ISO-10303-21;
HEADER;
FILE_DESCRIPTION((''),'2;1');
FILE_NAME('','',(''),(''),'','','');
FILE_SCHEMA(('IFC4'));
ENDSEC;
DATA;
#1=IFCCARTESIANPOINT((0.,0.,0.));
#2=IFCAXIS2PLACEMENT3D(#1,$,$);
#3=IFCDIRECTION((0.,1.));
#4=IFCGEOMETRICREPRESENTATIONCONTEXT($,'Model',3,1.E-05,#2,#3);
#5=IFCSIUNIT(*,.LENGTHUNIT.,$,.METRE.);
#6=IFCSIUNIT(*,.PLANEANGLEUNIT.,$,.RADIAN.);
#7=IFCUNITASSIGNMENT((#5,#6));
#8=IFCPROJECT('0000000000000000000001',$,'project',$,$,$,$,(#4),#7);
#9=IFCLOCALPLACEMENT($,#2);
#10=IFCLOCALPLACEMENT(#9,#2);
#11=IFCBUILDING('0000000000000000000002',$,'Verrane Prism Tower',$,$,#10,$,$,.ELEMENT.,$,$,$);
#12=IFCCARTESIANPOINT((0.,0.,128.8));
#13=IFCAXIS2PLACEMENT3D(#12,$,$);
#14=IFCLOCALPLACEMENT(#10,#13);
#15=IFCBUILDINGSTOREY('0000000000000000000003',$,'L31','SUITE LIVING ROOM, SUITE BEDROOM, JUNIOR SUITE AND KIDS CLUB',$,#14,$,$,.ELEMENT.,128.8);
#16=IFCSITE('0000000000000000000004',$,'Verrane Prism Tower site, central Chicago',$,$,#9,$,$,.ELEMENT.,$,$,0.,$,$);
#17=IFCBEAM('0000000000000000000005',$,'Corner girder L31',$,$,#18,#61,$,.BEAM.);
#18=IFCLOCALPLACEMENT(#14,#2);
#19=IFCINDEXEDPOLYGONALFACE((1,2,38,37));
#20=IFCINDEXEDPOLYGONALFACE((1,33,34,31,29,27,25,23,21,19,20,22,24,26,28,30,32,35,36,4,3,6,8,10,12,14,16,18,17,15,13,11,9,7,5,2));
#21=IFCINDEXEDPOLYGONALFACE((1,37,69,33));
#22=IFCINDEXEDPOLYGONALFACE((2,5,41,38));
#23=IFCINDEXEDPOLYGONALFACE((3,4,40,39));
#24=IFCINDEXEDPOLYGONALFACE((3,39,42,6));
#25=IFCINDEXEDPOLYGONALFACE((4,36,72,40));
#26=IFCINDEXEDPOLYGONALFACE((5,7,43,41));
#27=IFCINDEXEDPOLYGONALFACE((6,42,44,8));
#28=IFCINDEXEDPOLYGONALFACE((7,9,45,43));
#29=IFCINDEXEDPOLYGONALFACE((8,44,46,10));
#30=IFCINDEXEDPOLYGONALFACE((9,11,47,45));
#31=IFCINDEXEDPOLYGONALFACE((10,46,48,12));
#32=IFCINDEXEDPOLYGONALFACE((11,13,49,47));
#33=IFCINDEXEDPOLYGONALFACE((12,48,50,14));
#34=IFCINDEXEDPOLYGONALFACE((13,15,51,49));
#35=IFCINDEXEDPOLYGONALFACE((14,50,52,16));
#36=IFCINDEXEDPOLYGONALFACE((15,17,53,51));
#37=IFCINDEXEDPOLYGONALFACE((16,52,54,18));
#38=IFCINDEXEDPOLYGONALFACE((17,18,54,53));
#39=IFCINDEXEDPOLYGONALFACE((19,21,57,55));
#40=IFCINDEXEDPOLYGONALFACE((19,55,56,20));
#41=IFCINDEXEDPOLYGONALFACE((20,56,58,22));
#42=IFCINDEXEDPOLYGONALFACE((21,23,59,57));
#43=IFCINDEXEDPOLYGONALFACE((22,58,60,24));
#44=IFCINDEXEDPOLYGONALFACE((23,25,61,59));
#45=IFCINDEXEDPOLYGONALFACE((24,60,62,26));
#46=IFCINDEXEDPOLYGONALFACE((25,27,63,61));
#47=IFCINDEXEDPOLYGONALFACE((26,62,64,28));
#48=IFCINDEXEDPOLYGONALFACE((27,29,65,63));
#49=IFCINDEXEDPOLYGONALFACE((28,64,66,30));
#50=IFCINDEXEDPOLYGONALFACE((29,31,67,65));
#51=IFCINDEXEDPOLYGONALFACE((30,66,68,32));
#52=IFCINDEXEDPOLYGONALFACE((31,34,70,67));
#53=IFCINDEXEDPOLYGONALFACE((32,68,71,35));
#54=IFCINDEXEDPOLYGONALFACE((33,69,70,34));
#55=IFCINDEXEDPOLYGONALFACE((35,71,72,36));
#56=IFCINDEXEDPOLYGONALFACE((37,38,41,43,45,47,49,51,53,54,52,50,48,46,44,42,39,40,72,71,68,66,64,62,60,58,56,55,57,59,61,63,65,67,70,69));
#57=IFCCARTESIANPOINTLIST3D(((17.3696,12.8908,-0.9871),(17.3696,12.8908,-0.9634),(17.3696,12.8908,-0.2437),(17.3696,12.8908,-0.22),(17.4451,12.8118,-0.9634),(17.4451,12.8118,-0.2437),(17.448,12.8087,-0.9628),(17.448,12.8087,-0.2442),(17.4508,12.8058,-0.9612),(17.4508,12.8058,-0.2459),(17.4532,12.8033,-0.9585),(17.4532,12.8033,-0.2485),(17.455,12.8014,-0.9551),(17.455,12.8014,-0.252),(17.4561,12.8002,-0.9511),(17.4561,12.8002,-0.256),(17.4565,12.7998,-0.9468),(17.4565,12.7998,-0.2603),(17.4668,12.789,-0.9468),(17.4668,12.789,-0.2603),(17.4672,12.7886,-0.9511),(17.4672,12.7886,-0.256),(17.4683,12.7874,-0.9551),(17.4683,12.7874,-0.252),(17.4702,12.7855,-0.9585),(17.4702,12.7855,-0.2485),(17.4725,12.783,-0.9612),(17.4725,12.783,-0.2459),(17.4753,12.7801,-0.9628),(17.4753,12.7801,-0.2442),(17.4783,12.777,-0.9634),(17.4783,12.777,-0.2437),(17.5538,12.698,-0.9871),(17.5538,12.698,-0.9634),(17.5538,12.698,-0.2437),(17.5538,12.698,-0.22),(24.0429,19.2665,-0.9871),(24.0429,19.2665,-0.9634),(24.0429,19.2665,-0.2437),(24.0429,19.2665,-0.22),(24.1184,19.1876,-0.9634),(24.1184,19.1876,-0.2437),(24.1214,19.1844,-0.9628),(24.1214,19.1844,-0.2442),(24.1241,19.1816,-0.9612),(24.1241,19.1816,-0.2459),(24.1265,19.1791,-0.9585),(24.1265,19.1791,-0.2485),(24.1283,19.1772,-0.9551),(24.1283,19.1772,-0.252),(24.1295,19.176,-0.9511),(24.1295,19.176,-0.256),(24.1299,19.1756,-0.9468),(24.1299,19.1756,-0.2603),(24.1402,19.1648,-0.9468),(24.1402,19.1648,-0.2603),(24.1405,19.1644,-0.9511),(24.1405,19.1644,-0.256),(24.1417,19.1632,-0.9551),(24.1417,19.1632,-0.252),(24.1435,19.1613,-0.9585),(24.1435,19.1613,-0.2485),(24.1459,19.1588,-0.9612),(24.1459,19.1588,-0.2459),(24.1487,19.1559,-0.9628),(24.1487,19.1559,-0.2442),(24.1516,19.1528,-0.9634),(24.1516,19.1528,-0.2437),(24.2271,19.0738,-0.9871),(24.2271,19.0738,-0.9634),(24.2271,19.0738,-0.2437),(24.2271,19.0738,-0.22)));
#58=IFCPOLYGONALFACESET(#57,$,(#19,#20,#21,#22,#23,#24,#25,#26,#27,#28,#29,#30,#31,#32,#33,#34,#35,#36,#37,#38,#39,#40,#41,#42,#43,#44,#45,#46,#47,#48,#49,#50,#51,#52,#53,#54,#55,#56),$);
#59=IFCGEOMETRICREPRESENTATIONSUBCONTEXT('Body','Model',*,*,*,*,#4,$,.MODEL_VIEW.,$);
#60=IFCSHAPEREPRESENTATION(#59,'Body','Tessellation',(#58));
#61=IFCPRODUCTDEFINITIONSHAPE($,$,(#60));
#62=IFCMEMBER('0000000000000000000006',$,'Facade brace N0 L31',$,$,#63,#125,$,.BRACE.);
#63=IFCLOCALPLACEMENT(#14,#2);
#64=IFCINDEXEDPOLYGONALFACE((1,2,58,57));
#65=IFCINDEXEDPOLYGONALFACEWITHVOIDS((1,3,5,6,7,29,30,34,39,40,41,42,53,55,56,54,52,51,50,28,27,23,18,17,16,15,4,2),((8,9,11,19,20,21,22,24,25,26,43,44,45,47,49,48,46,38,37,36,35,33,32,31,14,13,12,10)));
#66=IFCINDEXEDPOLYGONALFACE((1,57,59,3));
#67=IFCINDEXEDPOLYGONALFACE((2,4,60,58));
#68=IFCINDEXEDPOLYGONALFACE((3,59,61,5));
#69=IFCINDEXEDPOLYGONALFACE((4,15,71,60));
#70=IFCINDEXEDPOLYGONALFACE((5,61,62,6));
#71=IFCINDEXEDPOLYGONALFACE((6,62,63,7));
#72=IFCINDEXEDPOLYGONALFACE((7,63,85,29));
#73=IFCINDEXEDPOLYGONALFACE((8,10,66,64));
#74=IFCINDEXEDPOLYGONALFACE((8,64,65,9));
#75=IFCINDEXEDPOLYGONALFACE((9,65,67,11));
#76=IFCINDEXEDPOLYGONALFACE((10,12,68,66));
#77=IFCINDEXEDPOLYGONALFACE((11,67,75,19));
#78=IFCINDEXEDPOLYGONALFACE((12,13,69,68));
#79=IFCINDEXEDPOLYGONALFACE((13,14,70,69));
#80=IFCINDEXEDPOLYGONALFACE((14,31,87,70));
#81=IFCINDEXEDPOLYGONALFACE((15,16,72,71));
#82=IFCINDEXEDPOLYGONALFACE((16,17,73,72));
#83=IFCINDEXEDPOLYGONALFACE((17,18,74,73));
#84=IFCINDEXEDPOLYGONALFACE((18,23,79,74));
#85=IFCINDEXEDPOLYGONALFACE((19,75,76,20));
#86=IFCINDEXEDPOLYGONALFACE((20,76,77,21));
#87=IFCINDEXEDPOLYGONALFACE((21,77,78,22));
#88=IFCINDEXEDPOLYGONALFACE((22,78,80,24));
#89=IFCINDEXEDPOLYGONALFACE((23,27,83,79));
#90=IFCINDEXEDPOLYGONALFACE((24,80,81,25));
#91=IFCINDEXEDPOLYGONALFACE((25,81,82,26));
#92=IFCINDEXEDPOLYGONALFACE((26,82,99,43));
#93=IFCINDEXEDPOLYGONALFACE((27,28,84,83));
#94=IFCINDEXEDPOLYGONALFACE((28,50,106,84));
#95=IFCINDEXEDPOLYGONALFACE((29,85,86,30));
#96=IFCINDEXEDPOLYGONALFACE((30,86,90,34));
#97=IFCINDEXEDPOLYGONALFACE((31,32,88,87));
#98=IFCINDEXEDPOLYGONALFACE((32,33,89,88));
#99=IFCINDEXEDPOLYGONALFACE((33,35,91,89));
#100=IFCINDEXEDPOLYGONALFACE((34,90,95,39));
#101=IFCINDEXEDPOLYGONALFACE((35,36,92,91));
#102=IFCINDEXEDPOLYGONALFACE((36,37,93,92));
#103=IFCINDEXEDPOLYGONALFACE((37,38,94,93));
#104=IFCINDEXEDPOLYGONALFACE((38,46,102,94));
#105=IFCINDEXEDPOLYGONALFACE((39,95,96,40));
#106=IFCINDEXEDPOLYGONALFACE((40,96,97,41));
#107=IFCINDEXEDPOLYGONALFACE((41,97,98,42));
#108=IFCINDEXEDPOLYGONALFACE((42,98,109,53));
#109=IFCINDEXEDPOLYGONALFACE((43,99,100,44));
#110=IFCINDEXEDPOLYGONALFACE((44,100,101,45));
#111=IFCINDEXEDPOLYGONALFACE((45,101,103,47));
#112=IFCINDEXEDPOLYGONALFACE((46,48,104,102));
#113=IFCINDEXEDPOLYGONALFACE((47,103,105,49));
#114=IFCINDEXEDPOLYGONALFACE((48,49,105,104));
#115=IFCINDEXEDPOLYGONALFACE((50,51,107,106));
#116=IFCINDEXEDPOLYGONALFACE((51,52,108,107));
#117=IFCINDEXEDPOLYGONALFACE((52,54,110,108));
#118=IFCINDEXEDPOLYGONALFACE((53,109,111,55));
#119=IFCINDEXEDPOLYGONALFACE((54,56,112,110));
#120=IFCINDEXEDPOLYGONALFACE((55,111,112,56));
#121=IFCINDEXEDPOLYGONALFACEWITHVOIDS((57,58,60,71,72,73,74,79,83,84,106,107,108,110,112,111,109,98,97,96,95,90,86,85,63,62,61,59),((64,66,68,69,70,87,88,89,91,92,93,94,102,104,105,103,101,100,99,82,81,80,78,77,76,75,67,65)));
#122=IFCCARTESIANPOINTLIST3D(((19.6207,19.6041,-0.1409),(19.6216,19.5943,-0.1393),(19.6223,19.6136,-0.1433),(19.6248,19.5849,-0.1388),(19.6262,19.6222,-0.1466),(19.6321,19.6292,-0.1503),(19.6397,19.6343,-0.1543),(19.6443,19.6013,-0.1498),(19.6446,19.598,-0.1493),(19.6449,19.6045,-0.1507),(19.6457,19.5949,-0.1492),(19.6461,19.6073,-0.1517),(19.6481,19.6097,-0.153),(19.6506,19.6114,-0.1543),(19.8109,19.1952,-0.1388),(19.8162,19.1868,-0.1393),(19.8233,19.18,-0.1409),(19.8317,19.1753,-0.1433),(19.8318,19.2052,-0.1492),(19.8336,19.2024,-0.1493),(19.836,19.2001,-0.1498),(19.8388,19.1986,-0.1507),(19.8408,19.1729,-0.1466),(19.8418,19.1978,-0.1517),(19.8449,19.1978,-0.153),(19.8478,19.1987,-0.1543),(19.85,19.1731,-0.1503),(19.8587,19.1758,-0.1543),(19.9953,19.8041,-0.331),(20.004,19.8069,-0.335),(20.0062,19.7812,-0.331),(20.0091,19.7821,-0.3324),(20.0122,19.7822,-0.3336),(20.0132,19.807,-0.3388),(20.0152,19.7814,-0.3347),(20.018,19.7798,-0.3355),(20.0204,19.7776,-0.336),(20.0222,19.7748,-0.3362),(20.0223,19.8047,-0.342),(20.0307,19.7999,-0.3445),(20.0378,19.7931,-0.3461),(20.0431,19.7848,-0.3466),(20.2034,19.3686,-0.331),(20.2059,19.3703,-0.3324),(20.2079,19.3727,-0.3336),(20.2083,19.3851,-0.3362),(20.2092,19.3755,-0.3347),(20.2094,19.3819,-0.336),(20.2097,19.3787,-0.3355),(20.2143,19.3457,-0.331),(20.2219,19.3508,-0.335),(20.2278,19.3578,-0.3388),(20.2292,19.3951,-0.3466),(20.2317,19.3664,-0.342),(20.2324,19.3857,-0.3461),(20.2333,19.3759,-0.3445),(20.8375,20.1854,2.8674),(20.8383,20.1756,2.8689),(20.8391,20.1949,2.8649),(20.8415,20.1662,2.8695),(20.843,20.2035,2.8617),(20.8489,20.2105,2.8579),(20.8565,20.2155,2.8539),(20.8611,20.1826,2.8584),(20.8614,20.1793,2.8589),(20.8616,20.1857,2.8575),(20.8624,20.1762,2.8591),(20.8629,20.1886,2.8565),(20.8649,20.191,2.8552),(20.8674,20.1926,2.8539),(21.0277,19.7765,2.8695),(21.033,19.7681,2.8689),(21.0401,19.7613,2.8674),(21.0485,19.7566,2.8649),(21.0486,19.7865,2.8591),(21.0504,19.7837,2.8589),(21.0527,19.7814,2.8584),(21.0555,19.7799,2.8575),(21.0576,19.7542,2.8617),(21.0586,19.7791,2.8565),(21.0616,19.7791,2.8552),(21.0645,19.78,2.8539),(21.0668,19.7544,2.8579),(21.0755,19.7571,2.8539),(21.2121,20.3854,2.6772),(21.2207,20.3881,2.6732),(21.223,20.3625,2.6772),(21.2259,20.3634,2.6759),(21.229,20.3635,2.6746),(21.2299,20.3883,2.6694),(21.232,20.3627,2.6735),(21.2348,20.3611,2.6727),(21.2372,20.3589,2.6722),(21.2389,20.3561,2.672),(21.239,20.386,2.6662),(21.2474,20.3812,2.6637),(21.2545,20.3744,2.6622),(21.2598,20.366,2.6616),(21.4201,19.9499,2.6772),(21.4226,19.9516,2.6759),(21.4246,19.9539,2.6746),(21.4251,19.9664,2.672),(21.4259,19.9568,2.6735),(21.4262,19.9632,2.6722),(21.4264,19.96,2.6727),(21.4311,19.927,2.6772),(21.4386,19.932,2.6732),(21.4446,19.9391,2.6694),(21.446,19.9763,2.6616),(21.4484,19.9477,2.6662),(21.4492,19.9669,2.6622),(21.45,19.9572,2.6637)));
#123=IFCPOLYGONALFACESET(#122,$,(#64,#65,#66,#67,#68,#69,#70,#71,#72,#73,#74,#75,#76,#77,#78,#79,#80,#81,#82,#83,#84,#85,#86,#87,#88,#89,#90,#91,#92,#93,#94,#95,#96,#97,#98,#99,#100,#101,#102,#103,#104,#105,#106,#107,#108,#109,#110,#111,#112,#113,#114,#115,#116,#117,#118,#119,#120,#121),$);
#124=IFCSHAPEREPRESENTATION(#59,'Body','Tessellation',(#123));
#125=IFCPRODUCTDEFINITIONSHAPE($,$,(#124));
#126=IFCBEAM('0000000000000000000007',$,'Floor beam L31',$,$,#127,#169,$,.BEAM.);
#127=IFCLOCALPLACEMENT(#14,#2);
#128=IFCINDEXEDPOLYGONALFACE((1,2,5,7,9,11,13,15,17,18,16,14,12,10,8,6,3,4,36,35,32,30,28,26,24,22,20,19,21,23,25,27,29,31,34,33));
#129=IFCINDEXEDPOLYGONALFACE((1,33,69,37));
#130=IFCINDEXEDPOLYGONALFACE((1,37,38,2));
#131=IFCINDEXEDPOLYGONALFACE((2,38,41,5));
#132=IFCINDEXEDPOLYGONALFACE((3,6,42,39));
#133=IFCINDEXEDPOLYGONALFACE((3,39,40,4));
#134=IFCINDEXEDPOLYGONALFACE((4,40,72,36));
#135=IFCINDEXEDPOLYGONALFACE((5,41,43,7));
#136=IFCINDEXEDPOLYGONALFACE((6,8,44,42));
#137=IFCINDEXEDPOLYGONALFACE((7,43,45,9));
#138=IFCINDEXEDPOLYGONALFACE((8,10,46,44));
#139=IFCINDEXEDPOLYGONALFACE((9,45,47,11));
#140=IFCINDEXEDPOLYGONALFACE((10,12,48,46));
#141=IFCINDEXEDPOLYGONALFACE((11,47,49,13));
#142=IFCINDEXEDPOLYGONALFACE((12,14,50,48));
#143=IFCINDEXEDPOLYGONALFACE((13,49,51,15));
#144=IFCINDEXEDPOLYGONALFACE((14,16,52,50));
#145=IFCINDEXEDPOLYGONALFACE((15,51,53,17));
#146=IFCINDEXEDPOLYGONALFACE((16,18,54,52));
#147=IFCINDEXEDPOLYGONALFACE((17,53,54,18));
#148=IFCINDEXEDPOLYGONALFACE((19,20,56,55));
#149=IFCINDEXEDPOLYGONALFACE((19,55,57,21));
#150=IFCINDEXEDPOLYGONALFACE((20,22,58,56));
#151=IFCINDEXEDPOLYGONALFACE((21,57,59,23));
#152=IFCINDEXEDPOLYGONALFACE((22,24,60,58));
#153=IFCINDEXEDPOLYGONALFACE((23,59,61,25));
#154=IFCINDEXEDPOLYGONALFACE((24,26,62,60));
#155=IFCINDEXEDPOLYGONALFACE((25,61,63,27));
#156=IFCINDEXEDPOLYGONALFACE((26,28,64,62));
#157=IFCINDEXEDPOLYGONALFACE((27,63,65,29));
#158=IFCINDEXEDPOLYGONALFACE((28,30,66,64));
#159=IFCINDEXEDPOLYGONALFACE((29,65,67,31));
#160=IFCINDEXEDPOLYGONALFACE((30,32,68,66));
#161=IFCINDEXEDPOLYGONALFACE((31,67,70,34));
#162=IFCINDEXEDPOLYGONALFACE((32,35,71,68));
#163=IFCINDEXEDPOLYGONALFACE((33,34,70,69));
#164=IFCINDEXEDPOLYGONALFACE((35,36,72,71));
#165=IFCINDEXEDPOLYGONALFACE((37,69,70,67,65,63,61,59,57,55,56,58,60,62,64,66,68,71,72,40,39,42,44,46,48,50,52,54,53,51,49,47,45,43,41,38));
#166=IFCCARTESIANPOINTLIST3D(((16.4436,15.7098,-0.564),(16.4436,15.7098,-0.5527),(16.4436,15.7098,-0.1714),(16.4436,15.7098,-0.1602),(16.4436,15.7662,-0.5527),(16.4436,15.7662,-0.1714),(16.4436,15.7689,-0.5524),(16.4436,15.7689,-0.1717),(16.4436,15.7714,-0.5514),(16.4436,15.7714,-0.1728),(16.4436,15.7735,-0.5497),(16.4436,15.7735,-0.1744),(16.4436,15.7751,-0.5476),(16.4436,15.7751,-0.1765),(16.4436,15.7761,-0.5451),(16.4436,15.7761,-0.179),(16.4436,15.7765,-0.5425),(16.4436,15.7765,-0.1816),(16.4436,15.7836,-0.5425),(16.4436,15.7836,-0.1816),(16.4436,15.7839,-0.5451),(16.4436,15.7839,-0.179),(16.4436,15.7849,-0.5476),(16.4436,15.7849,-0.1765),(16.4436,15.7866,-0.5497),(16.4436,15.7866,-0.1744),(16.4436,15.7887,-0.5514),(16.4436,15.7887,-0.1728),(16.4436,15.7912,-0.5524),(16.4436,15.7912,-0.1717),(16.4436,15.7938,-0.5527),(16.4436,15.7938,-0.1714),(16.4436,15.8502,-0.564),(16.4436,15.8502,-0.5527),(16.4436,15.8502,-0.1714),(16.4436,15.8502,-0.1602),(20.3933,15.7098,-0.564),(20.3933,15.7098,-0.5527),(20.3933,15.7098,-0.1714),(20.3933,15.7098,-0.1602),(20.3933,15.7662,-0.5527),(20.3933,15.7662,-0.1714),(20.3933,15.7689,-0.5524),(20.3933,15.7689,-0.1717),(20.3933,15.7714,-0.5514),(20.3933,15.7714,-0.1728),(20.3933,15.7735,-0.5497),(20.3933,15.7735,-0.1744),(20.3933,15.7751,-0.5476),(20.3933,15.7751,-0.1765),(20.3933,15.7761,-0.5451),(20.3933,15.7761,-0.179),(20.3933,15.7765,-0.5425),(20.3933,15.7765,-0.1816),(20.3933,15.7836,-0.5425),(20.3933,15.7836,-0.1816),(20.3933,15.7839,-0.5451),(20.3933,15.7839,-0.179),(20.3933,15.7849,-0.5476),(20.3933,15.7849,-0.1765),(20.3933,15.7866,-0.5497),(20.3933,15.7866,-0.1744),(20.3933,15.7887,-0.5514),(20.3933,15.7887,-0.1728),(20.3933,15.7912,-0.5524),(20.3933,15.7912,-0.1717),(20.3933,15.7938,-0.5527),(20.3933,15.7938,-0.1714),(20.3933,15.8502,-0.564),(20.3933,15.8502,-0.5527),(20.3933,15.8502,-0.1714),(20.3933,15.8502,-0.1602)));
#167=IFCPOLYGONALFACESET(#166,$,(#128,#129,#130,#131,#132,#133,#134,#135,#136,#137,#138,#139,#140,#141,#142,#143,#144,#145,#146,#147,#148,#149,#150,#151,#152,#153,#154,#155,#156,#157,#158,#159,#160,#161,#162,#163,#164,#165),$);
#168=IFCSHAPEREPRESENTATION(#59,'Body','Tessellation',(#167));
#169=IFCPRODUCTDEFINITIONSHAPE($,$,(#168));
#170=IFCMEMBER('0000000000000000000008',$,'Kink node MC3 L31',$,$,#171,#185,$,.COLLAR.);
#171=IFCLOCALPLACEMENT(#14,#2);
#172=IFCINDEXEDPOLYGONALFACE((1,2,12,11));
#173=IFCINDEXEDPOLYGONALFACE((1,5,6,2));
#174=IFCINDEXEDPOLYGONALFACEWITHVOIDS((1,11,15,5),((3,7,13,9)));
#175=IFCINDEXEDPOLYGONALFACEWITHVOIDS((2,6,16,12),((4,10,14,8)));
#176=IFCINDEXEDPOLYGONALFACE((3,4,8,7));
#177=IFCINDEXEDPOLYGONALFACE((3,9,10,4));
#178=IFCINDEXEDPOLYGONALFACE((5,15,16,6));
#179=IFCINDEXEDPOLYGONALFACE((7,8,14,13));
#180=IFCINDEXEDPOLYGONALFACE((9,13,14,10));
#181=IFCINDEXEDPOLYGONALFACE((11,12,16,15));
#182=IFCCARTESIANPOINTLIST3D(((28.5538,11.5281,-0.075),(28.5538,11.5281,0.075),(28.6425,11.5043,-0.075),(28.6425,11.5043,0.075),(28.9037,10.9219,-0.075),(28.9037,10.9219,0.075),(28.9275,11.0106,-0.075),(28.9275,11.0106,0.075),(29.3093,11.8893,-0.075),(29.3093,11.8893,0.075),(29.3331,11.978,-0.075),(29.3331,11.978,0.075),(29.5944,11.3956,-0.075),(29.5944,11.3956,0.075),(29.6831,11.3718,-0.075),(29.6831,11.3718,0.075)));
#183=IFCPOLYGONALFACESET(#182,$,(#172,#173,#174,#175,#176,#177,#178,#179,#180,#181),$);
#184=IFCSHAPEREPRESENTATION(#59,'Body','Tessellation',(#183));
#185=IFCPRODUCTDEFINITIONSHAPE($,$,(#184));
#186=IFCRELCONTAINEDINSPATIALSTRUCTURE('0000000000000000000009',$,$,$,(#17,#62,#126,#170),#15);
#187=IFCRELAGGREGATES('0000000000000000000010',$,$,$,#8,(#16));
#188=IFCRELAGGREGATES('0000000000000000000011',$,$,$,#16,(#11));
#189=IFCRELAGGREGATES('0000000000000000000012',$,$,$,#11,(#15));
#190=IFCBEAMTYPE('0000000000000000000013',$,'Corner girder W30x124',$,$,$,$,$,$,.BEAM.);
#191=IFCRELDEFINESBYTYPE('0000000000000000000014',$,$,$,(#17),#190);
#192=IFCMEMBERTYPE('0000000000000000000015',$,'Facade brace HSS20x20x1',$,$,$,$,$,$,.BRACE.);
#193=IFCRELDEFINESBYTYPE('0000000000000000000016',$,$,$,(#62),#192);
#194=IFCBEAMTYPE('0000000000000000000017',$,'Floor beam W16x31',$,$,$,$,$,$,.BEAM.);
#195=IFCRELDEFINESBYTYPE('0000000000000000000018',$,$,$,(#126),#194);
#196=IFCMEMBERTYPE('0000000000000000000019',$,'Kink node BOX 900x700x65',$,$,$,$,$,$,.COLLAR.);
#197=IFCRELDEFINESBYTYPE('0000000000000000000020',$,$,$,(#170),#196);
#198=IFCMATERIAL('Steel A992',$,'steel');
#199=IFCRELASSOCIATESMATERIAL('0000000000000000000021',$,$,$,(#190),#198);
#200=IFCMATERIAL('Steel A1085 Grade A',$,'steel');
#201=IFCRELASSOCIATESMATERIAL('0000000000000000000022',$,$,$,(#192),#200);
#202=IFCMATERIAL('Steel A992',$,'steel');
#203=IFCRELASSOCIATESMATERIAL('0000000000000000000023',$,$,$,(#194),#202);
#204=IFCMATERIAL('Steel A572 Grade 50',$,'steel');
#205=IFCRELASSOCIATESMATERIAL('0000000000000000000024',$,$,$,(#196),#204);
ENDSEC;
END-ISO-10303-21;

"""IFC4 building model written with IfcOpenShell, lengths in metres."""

from ifc_helpers import new_model, si_unit, direction, frame, origin, origin_2d, place, context, subcontext, project, spatial, hollow_rectangle, i_section, extrude, material, material_profile, profile_set, type_object, element, save


model = new_model("IFC4")

# Units and contexts
model_context = context("Model", 3, precision=1e-05, world=origin(), true_north=direction((0.0, 1.0)))
body_context = subcontext(model_context, "Body", "Model", "MODEL_VIEW")
ifc_project = project(units=[si_unit("LENGTHUNIT", "METRE"), si_unit("PLANEANGLEUNIT", "RADIAN")], contexts=[model_context])

# Site, building, storey
site_placement = place(None, origin())
site = spatial("IfcSite", under=ifc_project, at=site_placement, Name="Verrane Prism Tower site, central Chicago", CompositionType="ELEMENT", RefElevation=0.0)
building_placement = place(site_placement, origin())
building = spatial("IfcBuilding", under=site, at=building_placement, Name="Verrane Prism Tower", CompositionType="ELEMENT")
storey_placement = place(building_placement, frame((0.0, 0.0, 128.8)))
storey = spatial("IfcBuildingStorey", under=building, at=storey_placement, Name="L31", Description="SUITE LIVING ROOM, SUITE BEDROOM, JUNIOR SUITE AND KIDS CLUB", CompositionType="ELEMENT", Elevation=128.8)

# Beam
ifc_material_1 = material(Name="Steel A992", Category="steel")
ifc_material_profile_1 = material_profile(ifc_material_1, i_section(OverallWidth=0.2666, OverallDepth=0.7671, WebThickness=0.0149, FlangeThickness=0.0237, FilletRadius=0.0166, at=origin_2d()), Name="W30x124")
ifc_profile_set_1 = profile_set([ifc_material_profile_1], Name="Steel A992")
beam_type_1 = type_object("IfcBeamType", Name="Corner girder W30x124", PredefinedType="BEAM", material=ifc_profile_set_1)
beam_1_placement = place(storey_placement, frame((24.135, 19.1702, -0.6035), z_axis=(-0.723046, -0.6908, 0.0), x_axis=(0.6908, -0.723046, 0.0)))
element("IfcBeam", 1, at=beam_1_placement, inside=storey, type_object=beam_type_1, Name="Corner girder L31", PredefinedType="BEAM", context=body_context, shape_type="SweptSolid", body=[
    extrude(i_section(OverallWidth=0.2666, OverallDepth=0.7671, WebThickness=0.0149, FlangeThickness=0.0237, FilletRadius=0.0166, at=origin_2d()), origin(), (0.0, 0.0, 1.0), 9.2295),
])

# Member
ifc_material_2 = material(Name="Steel A1085 Grade A", Category="steel")
ifc_material_profile_2 = material_profile(ifc_material_2, hollow_rectangle(XDim=0.5081, YDim=0.5081, WallThickness=0.0254, InnerFilletRadius=0.0127, OuterFilletRadius=0.0381, at=origin_2d()), Name="HSS20x20x1")
ifc_profile_set_2 = profile_set([ifc_material_profile_2], Name="Steel A1085 Grade A")
member_type_1 = type_object("IfcMemberType", Name="Facade brace HSS20x20x1", PredefinedType="BRACE", material=ifc_profile_set_2)
member_1_placement = place(storey_placement, frame((19.927, 19.49, -0.2427), z_axis=(0.369093, 0.176326, 0.912513), x_axis=(-0.431065, 0.902321, 0.0)))
element("IfcMember", 2, at=member_1_placement, inside=storey, type_object=member_type_1, Name="Facade brace N0 L31", PredefinedType="BRACE", context=body_context, shape_type="SweptSolid", body=[
    extrude(hollow_rectangle(XDim=0.5081, YDim=0.5081, WallThickness=0.0254, InnerFilletRadius=0.0127, OuterFilletRadius=0.0381, at=origin_2d()), origin(), (0.0, 0.0, 1.0), 3.2966),
])

# Beam
ifc_material_3 = material(Name="Steel A992", Category="steel")
ifc_material_profile_3 = material_profile(ifc_material_3, i_section(OverallWidth=0.1404, OverallDepth=0.4038, WebThickness=0.0071, FlangeThickness=0.0112, FilletRadius=0.0103, at=origin_2d()), Name="W16x31")
ifc_profile_set_3 = profile_set([ifc_material_profile_3], Name="Steel A992")
beam_type_2 = type_object("IfcBeamType", Name="Floor beam W16x31", PredefinedType="BEAM", material=ifc_profile_set_3)
beam_2_placement = place(storey_placement, frame((16.4436, 15.78, -0.3621), z_axis=(1.0, 0.0, 0.0), x_axis=(0.0, 1.0, 0.0)))
element("IfcBeam", 3, at=beam_2_placement, inside=storey, type_object=beam_type_2, Name="Floor beam L31", PredefinedType="BEAM", context=body_context, shape_type="SweptSolid", body=[
    extrude(i_section(OverallWidth=0.1404, OverallDepth=0.4038, WebThickness=0.0071, FlangeThickness=0.0112, FilletRadius=0.0103, at=origin_2d()), origin(), (0.0, 0.0, 1.0), 3.9497),
])

# Member
ifc_material_4 = material(Name="Steel A572 Grade 50", Category="steel")
ifc_material_profile_4 = material_profile(ifc_material_4, hollow_rectangle(XDim=0.7, YDim=0.8999, WallThickness=0.0649, at=origin_2d()), Name="BOX 900x700x65")
ifc_profile_set_4 = profile_set([ifc_material_profile_4], Name="Steel A572 Grade 50")
member_type_2 = type_object("IfcMemberType", Name="Kink node BOX 900x700x65", PredefinedType="COLLAR", material=ifc_profile_set_4)
for number, where, z_axis, x_axis, name in (
    (4, (29.1184, 11.45, -0.075), (0.0, 0.0, 1.0), (0.5, -0.866025, 0.0), "Kink node MC3 L31"),
):
    element("IfcMember", number, at=place(storey_placement, frame(where, z_axis=z_axis, x_axis=x_axis)), inside=storey, type_object=member_type_2, Name=name, PredefinedType="COLLAR", context=body_context, shape_type="SweptSolid", body=[
        extrude(hollow_rectangle(XDim=0.7, YDim=0.8999, WallThickness=0.0649, at=origin_2d()), origin(), (0.0, 0.0, 1.0), 0.1499),
    ])

save(model, "model.ifc")
